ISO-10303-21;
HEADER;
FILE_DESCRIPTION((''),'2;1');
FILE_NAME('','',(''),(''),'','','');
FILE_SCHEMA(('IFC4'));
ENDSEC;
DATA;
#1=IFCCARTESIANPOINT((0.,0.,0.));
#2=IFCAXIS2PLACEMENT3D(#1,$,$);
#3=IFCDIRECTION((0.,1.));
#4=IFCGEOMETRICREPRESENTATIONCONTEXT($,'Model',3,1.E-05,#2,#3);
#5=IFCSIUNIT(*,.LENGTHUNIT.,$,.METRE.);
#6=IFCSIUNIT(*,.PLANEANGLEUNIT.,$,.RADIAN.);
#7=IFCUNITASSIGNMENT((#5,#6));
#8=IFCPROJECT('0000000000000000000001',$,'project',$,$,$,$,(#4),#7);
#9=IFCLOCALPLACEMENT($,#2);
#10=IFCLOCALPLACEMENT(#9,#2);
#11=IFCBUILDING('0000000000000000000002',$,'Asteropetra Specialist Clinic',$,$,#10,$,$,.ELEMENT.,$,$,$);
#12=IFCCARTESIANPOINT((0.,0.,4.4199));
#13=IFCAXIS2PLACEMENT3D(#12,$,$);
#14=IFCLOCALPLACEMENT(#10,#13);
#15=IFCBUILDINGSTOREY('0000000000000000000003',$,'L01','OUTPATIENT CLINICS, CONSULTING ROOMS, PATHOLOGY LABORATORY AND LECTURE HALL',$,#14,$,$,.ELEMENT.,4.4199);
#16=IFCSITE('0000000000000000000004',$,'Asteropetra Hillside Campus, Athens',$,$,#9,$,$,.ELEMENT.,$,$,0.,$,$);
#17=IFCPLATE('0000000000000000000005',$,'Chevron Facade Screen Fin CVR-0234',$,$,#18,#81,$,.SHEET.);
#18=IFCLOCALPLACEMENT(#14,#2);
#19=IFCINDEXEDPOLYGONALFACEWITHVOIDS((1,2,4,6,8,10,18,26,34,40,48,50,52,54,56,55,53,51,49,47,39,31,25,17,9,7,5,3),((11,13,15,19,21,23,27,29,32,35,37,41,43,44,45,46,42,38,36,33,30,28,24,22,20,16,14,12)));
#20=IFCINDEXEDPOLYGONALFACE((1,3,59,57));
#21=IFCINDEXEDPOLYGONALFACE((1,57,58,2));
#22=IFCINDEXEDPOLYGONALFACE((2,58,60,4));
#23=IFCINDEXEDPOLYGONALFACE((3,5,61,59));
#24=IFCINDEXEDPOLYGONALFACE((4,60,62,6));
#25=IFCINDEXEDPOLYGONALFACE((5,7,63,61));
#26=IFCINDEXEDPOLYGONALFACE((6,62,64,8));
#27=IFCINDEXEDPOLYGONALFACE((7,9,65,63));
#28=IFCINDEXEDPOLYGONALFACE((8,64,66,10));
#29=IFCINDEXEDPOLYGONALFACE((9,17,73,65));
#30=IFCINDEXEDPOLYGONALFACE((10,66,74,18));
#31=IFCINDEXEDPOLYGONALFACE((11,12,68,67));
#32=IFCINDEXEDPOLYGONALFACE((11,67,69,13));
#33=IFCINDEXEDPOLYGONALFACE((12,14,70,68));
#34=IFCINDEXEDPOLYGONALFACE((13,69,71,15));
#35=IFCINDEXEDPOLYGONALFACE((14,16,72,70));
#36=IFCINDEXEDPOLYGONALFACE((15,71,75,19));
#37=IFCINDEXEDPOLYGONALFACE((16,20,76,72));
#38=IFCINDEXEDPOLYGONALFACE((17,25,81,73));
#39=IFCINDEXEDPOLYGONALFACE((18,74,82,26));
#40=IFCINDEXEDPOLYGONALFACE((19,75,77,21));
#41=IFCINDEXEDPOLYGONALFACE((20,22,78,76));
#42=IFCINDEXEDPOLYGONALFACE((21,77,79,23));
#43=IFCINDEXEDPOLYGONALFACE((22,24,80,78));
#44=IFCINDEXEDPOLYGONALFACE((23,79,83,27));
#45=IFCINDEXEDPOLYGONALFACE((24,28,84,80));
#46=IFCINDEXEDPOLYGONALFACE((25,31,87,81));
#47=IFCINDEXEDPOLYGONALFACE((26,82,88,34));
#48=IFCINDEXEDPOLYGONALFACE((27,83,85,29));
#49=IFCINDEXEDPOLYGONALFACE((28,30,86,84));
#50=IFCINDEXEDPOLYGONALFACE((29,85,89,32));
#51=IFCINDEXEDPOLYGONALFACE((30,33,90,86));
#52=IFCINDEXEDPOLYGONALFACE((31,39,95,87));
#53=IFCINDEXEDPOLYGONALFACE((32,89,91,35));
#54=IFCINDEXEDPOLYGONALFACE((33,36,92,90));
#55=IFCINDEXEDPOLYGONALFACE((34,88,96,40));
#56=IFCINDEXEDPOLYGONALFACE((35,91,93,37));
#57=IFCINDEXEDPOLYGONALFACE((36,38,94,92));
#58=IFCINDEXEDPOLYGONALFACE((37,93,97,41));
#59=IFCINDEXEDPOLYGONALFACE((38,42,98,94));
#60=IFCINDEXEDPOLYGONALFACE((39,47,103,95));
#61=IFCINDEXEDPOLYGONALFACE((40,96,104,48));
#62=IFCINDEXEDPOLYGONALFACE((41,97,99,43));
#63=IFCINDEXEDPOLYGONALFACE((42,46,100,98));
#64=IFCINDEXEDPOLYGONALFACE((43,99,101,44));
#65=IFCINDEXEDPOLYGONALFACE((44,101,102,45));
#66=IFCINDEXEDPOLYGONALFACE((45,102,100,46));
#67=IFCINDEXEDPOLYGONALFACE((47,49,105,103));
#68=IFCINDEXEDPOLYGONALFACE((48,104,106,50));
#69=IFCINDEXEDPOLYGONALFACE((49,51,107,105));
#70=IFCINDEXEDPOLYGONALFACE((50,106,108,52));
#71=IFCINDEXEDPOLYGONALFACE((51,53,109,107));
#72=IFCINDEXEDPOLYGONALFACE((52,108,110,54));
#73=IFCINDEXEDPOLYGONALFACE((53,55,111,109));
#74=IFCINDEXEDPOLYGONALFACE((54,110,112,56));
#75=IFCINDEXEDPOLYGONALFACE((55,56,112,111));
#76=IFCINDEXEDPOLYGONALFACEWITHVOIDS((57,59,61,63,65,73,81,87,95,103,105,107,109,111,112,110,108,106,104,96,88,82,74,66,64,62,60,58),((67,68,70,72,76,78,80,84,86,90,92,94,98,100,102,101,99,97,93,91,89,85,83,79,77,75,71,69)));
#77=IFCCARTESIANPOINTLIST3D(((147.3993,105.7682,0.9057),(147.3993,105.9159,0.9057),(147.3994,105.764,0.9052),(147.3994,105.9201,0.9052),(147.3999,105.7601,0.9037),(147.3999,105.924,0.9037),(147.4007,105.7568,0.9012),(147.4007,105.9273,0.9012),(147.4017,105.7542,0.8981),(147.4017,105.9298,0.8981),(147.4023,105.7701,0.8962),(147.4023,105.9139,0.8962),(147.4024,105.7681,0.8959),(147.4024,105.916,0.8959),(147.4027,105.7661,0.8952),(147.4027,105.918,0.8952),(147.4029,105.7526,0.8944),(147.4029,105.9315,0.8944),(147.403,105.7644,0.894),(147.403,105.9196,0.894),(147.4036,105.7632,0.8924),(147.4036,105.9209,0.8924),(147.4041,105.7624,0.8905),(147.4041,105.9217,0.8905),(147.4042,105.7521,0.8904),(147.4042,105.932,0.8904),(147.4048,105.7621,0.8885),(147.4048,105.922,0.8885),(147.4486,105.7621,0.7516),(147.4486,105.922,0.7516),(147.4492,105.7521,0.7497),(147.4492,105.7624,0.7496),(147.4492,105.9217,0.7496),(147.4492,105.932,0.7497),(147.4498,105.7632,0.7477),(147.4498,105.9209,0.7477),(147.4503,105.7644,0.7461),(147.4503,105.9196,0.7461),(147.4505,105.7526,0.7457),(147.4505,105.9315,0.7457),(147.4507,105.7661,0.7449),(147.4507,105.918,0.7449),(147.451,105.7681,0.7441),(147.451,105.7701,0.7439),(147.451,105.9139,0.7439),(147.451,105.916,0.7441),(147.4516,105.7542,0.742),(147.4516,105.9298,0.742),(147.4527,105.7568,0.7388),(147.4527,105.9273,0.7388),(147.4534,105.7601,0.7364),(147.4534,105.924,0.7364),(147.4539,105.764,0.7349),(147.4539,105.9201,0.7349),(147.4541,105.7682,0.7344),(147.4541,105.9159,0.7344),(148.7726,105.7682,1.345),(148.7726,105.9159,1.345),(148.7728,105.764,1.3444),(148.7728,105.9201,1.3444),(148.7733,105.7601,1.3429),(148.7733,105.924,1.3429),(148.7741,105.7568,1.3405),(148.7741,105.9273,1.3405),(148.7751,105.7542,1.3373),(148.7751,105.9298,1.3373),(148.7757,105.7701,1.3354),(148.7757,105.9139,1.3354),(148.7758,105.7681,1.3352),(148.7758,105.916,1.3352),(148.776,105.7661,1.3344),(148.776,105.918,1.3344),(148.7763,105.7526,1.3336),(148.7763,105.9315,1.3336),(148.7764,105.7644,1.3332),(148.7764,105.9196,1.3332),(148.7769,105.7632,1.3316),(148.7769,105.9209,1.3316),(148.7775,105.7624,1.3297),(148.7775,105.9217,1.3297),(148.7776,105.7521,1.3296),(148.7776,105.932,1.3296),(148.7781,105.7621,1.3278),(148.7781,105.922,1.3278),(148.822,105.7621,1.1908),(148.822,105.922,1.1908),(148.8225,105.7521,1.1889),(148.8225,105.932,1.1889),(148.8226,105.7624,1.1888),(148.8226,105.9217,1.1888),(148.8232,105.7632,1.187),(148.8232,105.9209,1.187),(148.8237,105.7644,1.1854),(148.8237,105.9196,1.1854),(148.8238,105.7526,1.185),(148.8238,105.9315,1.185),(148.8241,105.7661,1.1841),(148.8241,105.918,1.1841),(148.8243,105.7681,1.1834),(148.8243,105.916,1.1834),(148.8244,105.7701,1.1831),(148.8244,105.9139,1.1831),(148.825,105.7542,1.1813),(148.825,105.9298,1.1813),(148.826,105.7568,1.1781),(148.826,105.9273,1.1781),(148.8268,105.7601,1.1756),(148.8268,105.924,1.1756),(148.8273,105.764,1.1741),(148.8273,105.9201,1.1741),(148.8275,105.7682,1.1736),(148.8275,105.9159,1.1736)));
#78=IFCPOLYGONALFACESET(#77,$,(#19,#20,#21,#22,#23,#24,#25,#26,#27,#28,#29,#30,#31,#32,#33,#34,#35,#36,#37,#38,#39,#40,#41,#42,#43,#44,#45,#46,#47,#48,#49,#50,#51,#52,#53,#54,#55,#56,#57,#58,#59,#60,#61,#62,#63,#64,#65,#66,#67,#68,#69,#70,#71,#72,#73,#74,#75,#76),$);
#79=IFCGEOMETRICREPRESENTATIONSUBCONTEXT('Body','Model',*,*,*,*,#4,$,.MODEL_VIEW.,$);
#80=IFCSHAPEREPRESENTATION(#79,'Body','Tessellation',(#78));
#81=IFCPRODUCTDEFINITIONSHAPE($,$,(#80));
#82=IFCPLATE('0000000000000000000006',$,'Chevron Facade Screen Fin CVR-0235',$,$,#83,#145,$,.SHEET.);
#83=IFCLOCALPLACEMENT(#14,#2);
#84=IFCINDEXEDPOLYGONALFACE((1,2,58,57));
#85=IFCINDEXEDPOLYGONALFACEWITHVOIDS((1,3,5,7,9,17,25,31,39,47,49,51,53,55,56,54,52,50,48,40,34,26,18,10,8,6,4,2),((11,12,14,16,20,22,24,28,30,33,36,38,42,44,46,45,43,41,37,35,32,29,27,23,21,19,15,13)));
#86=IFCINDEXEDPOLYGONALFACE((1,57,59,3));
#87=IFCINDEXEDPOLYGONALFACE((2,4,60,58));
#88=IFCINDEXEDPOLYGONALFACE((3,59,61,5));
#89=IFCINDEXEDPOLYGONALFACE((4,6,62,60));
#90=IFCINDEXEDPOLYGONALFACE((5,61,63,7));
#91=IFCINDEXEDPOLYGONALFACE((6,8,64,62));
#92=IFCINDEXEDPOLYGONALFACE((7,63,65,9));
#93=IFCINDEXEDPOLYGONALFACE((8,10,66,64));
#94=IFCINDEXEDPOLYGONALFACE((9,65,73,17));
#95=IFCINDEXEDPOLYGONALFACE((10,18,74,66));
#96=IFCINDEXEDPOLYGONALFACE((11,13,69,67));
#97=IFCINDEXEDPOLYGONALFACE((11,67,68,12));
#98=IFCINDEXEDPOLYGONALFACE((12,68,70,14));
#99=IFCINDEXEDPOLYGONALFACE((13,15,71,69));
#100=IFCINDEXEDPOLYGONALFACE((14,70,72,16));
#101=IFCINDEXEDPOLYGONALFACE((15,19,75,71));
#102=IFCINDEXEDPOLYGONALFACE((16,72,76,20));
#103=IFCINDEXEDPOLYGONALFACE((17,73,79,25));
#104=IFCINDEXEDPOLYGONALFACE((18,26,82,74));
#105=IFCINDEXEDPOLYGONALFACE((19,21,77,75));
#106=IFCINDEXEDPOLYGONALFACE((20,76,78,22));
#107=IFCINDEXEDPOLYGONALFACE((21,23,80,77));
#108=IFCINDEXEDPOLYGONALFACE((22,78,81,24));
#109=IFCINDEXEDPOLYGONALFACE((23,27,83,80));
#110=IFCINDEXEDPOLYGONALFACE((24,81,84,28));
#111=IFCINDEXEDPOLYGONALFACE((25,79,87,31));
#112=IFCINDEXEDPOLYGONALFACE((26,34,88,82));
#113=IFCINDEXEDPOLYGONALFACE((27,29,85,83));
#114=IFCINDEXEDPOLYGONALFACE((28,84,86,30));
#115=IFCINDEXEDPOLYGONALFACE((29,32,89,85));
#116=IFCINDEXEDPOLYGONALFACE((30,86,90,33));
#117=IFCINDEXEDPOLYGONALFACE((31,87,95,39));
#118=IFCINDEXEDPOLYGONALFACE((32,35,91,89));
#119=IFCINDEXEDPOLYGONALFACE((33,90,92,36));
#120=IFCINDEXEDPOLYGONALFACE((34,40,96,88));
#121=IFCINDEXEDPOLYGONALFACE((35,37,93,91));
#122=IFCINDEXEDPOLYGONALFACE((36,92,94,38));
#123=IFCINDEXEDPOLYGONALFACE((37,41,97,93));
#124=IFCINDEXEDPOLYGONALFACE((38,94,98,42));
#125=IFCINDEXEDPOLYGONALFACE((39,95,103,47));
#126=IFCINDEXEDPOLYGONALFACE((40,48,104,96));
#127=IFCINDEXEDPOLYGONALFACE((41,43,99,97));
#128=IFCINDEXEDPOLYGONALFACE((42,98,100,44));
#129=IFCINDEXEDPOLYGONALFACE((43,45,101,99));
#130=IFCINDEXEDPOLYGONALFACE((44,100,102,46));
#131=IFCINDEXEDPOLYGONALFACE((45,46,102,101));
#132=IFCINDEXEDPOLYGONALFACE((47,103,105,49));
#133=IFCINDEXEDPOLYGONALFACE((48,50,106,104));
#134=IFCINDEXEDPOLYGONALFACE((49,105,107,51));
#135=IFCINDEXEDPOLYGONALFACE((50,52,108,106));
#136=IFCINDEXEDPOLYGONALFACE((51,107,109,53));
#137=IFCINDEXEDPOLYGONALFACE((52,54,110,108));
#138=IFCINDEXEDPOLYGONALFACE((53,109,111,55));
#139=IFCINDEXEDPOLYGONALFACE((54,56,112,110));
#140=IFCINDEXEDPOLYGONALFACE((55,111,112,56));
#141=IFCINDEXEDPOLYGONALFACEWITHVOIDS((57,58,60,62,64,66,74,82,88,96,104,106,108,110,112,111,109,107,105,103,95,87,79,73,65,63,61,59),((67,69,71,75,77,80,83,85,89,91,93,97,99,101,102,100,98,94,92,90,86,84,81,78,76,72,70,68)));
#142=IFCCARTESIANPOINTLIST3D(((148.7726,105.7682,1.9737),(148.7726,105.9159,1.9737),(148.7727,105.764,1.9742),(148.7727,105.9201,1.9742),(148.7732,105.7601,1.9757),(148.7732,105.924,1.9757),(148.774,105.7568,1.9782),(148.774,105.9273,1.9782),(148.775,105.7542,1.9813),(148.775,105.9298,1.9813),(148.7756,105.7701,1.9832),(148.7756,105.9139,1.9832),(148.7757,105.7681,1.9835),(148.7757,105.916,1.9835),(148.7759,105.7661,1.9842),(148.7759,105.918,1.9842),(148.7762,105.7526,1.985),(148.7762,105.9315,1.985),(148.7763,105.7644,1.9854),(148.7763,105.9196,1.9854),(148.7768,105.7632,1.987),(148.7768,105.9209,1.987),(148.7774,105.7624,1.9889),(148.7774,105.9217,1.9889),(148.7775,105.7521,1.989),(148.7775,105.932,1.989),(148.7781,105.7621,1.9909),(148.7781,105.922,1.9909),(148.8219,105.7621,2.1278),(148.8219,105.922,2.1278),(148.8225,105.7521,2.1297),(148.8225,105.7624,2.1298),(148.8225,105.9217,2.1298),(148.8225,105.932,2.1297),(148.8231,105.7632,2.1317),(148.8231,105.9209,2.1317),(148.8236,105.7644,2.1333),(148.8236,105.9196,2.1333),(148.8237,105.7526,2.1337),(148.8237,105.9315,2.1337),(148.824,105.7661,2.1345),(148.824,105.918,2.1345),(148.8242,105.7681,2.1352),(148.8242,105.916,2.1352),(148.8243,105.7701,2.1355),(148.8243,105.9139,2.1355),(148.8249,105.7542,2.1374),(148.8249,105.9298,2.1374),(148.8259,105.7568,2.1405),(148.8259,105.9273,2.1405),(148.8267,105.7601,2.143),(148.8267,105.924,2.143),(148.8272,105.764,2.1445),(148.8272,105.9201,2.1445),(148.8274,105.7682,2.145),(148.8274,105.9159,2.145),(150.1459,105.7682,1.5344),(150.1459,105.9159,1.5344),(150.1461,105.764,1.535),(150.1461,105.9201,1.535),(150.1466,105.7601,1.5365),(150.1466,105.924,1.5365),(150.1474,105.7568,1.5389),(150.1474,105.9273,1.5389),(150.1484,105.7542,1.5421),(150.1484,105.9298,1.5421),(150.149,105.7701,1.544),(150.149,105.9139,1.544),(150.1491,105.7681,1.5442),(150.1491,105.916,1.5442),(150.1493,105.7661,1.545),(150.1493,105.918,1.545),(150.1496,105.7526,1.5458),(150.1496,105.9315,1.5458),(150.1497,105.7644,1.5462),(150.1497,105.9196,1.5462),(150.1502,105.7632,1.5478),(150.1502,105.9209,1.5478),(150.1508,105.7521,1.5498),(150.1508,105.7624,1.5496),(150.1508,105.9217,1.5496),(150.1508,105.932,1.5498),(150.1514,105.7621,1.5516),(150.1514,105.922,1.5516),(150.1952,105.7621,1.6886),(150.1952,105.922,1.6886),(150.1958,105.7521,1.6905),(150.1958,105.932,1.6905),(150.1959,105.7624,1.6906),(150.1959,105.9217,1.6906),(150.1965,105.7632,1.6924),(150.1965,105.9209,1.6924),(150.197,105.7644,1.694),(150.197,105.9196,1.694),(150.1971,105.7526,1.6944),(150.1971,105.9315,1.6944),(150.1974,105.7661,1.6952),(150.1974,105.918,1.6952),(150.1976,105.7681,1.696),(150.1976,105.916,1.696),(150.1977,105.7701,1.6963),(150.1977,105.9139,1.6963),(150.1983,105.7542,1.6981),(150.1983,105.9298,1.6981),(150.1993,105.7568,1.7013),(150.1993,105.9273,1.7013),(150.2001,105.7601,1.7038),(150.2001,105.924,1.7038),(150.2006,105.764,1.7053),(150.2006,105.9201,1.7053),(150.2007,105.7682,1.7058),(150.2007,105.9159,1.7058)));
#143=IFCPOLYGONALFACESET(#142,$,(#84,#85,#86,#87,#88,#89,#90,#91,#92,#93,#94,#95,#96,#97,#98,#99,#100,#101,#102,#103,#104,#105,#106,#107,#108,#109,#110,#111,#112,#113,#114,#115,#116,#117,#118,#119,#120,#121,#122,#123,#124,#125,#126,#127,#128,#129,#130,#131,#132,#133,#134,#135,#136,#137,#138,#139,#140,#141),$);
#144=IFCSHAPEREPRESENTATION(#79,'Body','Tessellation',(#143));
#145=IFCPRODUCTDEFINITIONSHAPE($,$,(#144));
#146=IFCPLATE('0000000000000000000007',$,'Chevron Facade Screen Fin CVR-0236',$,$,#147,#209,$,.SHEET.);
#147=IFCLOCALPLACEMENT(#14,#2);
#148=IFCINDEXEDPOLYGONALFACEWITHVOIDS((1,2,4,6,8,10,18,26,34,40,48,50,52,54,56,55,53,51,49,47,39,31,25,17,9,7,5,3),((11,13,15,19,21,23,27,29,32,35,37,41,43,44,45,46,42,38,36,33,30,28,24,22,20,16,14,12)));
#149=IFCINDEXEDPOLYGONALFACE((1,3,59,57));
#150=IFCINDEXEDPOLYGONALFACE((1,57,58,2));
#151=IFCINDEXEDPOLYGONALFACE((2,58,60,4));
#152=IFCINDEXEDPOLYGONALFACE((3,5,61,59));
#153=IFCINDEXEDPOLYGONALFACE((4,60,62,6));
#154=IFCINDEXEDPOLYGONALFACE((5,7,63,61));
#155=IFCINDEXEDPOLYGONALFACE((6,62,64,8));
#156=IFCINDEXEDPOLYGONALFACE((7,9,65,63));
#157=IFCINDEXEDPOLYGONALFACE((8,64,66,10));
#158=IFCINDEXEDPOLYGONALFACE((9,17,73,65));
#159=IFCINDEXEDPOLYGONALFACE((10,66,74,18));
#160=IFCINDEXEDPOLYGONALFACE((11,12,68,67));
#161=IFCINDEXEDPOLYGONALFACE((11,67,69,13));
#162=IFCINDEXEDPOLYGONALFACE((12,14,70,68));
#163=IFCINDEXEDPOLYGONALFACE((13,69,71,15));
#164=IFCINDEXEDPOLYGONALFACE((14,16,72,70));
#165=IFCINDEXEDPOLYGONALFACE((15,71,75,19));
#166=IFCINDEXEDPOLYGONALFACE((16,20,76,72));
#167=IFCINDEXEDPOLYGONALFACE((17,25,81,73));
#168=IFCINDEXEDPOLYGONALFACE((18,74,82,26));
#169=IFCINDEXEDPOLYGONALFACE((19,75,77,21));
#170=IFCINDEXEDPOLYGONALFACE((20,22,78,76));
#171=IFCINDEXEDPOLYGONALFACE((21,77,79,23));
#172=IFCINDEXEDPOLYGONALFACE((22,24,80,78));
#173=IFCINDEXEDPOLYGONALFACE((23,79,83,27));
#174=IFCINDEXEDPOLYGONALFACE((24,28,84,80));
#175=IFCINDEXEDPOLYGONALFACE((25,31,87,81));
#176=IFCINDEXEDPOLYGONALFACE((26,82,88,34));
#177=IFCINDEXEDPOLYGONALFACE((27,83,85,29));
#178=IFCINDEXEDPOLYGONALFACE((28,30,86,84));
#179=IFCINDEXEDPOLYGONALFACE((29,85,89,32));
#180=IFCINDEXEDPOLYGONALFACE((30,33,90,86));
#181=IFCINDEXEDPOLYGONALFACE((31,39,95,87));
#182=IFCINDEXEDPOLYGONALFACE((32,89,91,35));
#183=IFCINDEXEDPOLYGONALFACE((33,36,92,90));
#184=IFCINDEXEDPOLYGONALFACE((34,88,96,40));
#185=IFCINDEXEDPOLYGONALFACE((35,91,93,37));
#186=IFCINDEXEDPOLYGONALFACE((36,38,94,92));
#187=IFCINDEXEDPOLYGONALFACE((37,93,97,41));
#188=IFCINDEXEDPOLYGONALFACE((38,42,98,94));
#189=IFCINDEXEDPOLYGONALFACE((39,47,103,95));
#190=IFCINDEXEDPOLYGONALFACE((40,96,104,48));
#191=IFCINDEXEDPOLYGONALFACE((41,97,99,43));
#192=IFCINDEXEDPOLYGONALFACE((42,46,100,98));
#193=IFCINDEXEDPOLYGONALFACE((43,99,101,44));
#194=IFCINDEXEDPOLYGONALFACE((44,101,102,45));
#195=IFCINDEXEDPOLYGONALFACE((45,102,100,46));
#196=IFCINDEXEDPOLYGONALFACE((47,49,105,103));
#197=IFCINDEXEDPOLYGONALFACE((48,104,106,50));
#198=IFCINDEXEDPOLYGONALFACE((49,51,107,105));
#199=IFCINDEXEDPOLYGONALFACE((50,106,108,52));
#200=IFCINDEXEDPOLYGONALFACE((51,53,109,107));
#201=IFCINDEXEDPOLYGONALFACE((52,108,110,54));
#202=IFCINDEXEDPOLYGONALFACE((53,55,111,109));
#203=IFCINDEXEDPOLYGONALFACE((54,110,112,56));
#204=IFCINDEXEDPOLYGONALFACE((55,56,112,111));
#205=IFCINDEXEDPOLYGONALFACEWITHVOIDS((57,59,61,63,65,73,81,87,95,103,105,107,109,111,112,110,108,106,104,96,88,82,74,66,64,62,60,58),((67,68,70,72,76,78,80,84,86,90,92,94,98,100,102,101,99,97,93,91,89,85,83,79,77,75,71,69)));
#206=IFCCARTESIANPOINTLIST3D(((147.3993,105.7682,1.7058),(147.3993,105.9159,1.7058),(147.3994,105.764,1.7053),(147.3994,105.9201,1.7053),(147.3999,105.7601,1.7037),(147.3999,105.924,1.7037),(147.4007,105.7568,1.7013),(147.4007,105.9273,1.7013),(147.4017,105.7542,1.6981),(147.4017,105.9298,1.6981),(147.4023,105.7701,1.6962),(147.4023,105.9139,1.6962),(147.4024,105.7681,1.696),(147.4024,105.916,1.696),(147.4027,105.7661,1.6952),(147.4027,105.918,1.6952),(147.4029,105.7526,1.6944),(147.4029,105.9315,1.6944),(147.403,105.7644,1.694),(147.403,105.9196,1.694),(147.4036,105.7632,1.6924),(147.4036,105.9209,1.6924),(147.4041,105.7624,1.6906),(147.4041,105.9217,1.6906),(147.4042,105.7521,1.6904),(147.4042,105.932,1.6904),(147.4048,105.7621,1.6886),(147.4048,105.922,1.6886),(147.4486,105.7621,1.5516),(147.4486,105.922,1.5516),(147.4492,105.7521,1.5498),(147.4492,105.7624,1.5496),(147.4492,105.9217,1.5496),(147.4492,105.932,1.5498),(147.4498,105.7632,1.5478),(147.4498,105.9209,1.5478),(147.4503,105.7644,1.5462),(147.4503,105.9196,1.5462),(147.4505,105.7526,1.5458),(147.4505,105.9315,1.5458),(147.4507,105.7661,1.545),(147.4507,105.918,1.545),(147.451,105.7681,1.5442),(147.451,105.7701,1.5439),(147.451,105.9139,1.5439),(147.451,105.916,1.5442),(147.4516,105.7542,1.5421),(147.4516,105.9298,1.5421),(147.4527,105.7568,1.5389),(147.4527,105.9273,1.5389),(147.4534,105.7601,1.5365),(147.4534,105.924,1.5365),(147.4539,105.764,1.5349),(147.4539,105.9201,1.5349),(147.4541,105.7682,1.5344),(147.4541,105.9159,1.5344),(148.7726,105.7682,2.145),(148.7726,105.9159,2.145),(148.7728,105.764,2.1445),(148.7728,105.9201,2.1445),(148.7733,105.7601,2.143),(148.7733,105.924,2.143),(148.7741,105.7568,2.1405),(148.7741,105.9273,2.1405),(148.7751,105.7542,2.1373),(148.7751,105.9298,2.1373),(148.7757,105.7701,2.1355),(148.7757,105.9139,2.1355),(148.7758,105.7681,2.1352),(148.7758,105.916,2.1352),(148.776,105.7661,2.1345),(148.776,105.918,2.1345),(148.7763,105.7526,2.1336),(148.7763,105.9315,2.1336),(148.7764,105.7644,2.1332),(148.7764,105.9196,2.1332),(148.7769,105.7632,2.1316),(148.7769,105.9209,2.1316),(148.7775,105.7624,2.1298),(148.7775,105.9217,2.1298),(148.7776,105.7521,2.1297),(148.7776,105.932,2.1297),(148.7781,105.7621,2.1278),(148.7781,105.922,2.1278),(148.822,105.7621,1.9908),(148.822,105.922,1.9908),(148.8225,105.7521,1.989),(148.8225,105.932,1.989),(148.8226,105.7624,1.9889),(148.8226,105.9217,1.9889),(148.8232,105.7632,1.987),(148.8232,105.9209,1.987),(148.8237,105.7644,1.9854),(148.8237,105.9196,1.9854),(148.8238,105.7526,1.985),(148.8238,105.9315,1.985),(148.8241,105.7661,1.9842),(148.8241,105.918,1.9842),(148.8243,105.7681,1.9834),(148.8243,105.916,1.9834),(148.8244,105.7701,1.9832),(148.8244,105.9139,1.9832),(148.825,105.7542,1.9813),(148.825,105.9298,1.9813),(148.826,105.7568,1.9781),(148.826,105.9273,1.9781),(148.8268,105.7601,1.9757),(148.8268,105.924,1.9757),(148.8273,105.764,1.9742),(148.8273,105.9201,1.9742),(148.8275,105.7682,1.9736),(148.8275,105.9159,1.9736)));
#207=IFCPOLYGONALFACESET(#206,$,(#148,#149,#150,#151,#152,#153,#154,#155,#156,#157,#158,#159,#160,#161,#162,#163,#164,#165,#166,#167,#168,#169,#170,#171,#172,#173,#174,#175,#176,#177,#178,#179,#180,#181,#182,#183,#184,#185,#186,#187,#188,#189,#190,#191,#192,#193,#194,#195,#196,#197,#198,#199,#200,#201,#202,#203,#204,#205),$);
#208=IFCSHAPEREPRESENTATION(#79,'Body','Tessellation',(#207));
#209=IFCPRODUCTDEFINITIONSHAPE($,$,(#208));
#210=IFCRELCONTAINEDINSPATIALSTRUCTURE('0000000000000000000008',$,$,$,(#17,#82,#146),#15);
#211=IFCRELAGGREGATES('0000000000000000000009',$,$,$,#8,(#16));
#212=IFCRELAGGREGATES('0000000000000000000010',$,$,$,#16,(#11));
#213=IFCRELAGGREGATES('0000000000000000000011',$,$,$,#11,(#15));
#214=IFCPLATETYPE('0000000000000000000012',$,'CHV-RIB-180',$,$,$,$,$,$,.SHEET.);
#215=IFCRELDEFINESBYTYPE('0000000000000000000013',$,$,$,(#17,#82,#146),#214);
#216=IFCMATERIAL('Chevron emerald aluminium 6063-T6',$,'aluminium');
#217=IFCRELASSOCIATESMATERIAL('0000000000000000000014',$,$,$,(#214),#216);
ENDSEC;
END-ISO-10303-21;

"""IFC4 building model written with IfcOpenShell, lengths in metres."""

from ifc_helpers import new_model, si_unit, direction, frame, origin, origin_2d, place, context, subcontext, project, spatial, hollow_rectangle, extrude, material, material_profile, profile_set, type_object, element, save


model = new_model("IFC4")

# Units and contexts
model_context = context("Model", 3, precision=1e-05, world=origin(), true_north=direction((0.0, 1.0)))
body_context = subcontext(model_context, "Body", "Model", "MODEL_VIEW")
ifc_project = project(units=[si_unit("LENGTHUNIT", "METRE"), si_unit("PLANEANGLEUNIT", "RADIAN")], contexts=[model_context])

# Site, building, storey
site_placement = place(None, origin())
site = spatial("IfcSite", under=ifc_project, at=site_placement, Name="Asteropetra Hillside Campus, Athens", CompositionType="ELEMENT", RefElevation=0.0)
building_placement = place(site_placement, origin())
building = spatial("IfcBuilding", under=site, at=building_placement, Name="Asteropetra Specialist Clinic", CompositionType="ELEMENT")
storey_placement = place(building_placement, frame((0.0, 0.0, 4.4199)))
storey = spatial("IfcBuildingStorey", under=building, at=storey_placement, Name="L01", Description="OUTPATIENT CLINICS, CONSULTING ROOMS, PATHOLOGY LABORATORY AND LECTURE HALL", CompositionType="ELEMENT", Elevation=4.4199)

# Plates
ifc_material_1 = material(Name="Chevron emerald aluminium 6063-T6", Category="aluminium")
ifc_material_profile = material_profile(ifc_material_1, hollow_rectangle(XDim=0.1799, YDim=0.1799, WallThickness=0.01, InnerFilletRadius=0.0081, OuterFilletRadius=0.0161, at=origin_2d()), Name="SHS 180x180x10.0")
ifc_profile_set = profile_set([ifc_material_profile], Name="Chevron emerald aluminium 6063-T6")
plate_type = type_object("IfcPlateType", Name="CHV-RIB-180", PredefinedType="SHEET", material=ifc_profile_set)
for number, where, z_axis, x_axis, name in (
    (1, (148.8, 105.842, 1.2593), (-0.952473, 0.0, -0.304622), (0.0, -1.0, 0.0), "Chevron Facade Screen Fin CVR-0234"),
    (2, (150.1733, 105.842, 1.6201), (-0.952473, 0.0, 0.304622), (0.0, -1.0, 0.0), "Chevron Facade Screen Fin CVR-0235"),
    (3, (148.8, 105.842, 2.0593), (-0.952473, 0.0, -0.304622), (0.0, -1.0, 0.0), "Chevron Facade Screen Fin CVR-0236"),
):
    element("IfcPlate", number, at=place(storey_placement, frame(where, z_axis=z_axis, x_axis=x_axis)), inside=storey, type_object=plate_type, Name=name, PredefinedType="SHEET", context=body_context, shape_type="SweptSolid", body=[
        extrude(hollow_rectangle(XDim=0.1799, YDim=0.1799, WallThickness=0.01, InnerFilletRadius=0.0081, OuterFilletRadius=0.0161, at=origin_2d()), origin(), (0.0, 0.0, 1.0), 1.4419),
    ])

save(model, "model.ifc")
